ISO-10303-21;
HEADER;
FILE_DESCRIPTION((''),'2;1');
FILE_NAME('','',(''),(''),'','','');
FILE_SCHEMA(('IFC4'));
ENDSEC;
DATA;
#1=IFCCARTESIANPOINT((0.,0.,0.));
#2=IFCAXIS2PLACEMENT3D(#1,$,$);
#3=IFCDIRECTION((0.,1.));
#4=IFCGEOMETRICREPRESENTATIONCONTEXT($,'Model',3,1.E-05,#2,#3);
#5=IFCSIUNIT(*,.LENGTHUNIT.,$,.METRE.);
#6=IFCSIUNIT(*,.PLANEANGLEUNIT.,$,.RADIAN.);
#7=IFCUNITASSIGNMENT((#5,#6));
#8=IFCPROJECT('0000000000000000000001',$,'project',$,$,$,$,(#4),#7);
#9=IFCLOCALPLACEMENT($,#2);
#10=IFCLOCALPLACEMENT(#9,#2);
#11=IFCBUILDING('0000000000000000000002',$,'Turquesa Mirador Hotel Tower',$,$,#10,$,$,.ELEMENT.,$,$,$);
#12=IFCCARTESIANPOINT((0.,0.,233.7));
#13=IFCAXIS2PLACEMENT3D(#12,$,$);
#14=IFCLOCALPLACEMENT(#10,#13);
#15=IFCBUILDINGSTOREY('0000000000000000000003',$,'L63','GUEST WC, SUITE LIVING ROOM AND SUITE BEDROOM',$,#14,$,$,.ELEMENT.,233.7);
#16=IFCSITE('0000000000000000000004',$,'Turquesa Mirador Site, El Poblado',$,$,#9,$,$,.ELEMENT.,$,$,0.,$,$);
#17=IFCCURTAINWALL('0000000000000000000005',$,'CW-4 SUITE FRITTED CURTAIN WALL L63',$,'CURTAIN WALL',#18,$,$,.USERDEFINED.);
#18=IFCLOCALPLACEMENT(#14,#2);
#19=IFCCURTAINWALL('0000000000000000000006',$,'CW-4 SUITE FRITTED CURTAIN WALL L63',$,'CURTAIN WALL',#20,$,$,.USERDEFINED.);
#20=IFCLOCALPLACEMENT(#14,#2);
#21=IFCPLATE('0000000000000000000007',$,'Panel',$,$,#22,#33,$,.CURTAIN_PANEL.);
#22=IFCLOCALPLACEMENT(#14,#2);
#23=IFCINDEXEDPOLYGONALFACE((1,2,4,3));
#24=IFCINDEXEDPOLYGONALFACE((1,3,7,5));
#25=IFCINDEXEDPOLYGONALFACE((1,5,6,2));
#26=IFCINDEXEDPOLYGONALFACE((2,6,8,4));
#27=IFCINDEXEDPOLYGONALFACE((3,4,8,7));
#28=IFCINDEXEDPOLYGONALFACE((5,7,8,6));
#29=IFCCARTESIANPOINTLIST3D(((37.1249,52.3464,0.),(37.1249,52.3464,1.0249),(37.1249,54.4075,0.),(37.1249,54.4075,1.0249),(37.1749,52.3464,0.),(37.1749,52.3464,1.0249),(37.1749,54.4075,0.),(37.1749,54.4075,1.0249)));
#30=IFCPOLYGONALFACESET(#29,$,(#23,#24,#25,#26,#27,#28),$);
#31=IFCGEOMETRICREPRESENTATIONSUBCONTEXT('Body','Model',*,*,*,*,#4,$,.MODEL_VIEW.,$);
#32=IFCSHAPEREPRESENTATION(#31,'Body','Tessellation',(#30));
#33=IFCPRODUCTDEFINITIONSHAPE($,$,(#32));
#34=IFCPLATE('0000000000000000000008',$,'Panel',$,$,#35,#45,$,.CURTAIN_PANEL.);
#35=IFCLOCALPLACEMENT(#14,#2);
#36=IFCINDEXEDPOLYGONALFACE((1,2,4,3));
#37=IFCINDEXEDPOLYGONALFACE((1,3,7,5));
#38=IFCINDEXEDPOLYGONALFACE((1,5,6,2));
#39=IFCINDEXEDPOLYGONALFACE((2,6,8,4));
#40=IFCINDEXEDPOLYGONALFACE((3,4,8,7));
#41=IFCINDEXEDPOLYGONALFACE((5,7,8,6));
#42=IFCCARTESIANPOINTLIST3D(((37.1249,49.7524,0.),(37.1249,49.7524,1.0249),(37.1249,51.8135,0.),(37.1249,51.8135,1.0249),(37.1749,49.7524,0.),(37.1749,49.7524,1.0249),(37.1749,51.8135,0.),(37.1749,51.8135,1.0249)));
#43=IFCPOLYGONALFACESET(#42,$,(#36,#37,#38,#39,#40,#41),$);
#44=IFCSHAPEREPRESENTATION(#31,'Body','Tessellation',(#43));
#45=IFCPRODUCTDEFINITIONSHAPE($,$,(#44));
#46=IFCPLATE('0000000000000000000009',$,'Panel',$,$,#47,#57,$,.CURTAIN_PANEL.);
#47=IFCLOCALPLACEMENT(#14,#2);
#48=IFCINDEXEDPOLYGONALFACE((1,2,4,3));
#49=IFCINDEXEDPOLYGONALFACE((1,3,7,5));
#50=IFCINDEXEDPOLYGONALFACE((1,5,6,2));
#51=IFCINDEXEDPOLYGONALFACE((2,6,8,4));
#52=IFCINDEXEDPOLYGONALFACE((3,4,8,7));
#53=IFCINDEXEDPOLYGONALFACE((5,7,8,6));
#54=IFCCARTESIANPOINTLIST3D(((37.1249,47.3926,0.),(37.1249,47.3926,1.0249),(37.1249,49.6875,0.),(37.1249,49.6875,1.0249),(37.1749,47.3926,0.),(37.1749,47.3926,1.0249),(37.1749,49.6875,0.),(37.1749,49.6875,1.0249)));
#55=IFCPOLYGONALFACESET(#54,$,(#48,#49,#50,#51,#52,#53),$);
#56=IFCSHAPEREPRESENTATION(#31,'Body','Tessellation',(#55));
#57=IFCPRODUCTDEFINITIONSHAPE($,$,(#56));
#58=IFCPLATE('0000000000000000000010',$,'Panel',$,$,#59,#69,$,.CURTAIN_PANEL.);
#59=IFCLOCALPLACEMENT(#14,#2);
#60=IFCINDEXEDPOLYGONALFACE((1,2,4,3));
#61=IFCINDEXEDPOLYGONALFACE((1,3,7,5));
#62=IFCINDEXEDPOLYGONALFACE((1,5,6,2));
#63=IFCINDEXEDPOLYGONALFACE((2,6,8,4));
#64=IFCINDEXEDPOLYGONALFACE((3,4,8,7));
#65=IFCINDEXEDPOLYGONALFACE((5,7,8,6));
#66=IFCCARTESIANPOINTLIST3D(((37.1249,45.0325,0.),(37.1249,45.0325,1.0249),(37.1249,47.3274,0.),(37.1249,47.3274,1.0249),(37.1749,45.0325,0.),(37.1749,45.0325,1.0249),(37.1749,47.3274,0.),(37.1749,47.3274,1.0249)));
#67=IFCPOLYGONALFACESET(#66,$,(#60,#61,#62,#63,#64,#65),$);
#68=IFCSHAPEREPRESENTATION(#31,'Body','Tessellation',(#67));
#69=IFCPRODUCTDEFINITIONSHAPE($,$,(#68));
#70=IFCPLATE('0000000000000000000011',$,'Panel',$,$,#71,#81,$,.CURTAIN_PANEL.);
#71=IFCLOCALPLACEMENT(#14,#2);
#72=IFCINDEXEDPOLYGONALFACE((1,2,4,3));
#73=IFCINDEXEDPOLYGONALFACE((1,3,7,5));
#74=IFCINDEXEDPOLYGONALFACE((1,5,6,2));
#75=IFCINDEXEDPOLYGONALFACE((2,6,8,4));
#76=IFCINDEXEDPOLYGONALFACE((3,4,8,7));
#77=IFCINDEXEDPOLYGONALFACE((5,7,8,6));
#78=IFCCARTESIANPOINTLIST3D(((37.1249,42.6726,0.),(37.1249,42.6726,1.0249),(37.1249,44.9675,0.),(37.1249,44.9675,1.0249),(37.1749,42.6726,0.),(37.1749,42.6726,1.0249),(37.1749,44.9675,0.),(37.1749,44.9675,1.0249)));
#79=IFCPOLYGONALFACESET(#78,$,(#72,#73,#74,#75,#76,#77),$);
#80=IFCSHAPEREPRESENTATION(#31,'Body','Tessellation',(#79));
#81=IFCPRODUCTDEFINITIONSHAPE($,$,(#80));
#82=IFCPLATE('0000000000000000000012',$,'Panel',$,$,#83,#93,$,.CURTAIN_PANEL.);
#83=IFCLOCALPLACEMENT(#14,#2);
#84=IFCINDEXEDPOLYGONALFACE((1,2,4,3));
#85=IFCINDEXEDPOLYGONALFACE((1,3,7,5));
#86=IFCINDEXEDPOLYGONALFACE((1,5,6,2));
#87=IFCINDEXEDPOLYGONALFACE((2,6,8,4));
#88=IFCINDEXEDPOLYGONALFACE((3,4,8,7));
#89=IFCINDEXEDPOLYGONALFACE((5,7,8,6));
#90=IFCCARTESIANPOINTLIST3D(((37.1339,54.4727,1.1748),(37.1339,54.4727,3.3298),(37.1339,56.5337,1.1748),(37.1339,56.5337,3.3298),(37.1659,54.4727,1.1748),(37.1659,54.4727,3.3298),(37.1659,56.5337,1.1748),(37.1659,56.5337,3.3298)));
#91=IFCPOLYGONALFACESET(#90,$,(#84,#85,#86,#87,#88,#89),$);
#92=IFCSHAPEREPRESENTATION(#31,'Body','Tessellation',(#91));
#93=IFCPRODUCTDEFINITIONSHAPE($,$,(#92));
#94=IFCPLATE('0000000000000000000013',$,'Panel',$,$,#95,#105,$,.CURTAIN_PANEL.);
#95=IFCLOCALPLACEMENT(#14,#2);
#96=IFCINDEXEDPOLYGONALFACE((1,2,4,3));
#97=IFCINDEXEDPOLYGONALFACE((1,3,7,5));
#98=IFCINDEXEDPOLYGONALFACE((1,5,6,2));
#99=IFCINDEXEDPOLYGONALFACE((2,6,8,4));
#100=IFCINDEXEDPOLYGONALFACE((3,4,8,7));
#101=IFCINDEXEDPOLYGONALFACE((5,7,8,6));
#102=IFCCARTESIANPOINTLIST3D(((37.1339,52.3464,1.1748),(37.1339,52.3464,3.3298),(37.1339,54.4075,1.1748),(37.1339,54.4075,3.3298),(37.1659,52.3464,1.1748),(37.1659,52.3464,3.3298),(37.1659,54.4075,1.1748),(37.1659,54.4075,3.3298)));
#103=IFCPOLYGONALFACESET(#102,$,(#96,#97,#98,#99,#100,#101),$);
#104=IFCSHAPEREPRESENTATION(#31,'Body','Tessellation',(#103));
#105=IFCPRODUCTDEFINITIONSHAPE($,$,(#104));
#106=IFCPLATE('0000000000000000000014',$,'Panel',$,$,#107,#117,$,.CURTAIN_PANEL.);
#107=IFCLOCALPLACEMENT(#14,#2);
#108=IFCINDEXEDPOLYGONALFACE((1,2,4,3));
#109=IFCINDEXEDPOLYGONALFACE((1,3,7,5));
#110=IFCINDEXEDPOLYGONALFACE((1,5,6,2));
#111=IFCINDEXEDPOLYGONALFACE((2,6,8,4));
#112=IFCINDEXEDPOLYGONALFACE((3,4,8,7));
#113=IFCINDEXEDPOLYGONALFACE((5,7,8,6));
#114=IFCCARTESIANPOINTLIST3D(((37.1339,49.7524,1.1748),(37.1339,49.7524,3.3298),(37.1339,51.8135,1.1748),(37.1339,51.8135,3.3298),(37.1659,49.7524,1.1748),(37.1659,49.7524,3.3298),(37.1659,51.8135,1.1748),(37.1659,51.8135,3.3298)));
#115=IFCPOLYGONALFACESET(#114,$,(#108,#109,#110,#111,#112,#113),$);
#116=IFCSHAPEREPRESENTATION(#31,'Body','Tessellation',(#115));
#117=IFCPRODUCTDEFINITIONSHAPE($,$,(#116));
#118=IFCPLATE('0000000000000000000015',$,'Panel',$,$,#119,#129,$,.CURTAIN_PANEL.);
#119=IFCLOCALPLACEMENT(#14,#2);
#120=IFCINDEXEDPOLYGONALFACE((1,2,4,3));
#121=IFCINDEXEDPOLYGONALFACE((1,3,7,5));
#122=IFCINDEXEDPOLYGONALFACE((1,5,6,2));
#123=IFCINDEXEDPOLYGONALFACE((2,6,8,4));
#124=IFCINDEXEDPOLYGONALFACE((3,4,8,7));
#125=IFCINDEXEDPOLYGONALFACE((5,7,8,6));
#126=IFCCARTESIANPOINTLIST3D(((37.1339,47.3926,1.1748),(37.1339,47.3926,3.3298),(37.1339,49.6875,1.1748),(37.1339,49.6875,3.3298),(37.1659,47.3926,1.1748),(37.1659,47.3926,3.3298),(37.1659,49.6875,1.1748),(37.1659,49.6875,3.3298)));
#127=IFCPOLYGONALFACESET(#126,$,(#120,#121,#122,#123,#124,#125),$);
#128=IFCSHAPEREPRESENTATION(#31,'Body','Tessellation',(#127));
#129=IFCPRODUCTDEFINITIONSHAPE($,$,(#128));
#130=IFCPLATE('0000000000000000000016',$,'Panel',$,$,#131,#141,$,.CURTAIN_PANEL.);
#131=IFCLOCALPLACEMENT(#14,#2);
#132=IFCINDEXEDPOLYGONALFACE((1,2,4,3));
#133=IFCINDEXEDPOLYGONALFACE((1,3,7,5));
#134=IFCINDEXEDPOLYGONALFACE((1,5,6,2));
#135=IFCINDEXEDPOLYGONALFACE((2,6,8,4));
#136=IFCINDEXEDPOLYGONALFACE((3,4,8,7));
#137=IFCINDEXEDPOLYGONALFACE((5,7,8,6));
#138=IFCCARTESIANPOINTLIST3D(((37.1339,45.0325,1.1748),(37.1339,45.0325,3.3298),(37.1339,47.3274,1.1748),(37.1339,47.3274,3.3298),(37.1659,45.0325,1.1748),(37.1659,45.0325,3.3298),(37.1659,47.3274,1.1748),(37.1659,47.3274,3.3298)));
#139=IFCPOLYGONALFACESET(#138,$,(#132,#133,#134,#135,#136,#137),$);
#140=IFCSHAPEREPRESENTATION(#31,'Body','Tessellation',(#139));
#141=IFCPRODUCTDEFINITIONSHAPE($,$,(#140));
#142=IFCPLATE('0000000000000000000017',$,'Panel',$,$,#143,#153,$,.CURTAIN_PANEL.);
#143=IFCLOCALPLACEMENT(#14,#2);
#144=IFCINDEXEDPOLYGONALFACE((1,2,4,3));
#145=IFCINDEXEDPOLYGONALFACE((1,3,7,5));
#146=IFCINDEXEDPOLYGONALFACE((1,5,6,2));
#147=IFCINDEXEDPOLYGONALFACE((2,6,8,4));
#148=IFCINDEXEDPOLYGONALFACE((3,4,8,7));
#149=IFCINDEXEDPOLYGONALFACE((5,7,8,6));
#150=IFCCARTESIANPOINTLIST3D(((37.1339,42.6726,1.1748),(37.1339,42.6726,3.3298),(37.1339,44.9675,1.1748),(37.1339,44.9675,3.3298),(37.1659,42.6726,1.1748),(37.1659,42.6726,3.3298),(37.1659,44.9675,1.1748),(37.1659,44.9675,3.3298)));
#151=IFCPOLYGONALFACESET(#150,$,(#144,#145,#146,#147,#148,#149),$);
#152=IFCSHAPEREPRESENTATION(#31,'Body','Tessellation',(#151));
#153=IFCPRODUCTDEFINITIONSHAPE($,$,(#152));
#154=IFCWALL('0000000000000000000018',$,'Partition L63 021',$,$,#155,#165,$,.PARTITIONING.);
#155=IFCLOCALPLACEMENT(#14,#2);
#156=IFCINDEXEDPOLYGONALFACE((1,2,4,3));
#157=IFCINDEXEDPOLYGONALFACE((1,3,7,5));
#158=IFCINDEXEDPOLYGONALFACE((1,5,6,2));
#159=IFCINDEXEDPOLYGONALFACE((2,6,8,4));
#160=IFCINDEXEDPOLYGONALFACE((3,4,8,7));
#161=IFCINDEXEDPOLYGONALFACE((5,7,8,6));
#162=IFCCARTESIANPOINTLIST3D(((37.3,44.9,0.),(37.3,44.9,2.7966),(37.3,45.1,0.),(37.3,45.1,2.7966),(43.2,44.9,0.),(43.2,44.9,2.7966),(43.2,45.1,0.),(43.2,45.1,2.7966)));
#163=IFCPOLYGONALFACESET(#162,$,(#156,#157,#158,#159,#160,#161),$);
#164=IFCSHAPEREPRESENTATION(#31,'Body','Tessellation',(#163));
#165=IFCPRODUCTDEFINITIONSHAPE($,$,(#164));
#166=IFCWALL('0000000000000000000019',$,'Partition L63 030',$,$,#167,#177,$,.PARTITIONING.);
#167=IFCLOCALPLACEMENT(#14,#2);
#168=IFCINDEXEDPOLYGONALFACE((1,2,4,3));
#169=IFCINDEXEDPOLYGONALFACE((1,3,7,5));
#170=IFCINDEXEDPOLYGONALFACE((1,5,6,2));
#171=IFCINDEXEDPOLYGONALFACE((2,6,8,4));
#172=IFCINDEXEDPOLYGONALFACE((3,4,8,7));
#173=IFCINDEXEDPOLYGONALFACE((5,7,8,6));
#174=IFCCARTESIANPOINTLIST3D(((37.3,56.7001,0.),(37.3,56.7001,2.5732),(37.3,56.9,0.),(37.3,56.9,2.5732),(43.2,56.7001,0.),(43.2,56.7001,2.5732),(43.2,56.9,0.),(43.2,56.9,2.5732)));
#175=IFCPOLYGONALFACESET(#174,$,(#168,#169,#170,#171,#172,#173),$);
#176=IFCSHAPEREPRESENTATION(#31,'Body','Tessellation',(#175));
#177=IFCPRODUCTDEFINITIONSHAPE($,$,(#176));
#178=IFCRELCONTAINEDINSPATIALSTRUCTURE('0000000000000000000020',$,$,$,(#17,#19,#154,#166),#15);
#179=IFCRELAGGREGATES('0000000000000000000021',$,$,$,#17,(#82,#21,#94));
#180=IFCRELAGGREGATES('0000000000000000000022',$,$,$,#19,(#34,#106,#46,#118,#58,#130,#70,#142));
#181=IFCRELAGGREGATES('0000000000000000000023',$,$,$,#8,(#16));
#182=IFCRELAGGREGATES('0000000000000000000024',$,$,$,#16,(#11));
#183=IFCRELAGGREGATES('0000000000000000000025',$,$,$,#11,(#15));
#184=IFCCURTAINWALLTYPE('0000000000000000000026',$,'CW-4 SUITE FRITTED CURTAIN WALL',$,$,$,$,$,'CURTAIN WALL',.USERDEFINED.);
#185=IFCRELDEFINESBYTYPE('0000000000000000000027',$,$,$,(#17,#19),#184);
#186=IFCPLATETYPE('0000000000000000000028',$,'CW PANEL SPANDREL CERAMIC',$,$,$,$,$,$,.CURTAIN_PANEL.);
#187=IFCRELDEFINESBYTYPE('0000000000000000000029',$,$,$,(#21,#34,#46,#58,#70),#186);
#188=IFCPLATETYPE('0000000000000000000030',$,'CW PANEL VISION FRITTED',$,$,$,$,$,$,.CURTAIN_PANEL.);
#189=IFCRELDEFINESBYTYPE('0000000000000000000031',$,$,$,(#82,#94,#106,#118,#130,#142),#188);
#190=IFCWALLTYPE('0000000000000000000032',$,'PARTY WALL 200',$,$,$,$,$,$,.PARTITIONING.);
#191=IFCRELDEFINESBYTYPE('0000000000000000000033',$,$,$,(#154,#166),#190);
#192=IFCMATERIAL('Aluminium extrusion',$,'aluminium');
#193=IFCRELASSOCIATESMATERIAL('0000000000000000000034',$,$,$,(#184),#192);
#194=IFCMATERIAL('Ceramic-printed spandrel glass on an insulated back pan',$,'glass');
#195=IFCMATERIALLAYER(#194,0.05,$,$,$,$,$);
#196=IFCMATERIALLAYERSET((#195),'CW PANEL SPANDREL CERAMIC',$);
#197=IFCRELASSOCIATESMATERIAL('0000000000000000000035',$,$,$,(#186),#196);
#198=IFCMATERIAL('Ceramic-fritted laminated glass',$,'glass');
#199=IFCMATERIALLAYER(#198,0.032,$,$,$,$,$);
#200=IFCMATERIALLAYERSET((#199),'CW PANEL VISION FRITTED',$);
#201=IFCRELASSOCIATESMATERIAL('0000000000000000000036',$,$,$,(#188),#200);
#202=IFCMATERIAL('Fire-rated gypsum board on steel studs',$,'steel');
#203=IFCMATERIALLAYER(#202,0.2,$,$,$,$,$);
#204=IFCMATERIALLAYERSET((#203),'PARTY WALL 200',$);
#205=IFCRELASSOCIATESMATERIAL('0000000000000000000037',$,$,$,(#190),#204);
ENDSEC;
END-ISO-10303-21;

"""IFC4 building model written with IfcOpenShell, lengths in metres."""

from ifc_helpers import new_model, si_unit, direction, frame, frame_2d, origin, origin_2d, place, context, subcontext, project, spatial, rectangle, extrude, material, layer, layer_set, type_object, element, aggregate, save


model = new_model("IFC4")

# Units and contexts
model_context = context("Model", 3, precision=1e-05, world=origin(), true_north=direction((0.0, 1.0)))
body_context = subcontext(model_context, "Body", "Model", "MODEL_VIEW")
ifc_project = project(units=[si_unit("LENGTHUNIT", "METRE"), si_unit("PLANEANGLEUNIT", "RADIAN")], contexts=[model_context])

# Site, building, storey
site_placement = place(None, origin())
site = spatial("IfcSite", under=ifc_project, at=site_placement, Name="Turquesa Mirador Site, El Poblado", CompositionType="ELEMENT", RefElevation=0.0)
building_placement = place(site_placement, origin())
building = spatial("IfcBuilding", under=site, at=building_placement, Name="Turquesa Mirador Hotel Tower", CompositionType="ELEMENT")
storey_placement = place(building_placement, frame((0.0, 0.0, 233.7)))
storey = spatial("IfcBuildingStorey", under=building, at=storey_placement, Name="L63", Description="GUEST WC, SUITE LIVING ROOM AND SUITE BEDROOM", CompositionType="ELEMENT", Elevation=233.7)

# Curtain walls
ifc_material_1 = material(Name="Aluminium extrusion", Category="aluminium")
curtain_wall_type = type_object("IfcCurtainWallType", Name="CW-4 SUITE FRITTED CURTAIN WALL", ElementType="CURTAIN WALL", PredefinedType="USERDEFINED", material=ifc_material_1)
curtain_wall_1_placement = place(storey_placement, origin())
curtain_wall_1 = element("IfcCurtainWall", 1, at=curtain_wall_1_placement, inside=storey, type_object=curtain_wall_type, Name="CW-4 SUITE FRITTED CURTAIN WALL L63", ObjectType="CURTAIN WALL", PredefinedType="USERDEFINED")
curtain_wall_2_placement = place(storey_placement, origin())
curtain_wall_2 = element("IfcCurtainWall", 2, at=curtain_wall_2_placement, inside=storey, type_object=curtain_wall_type, Name="CW-4 SUITE FRITTED CURTAIN WALL L63", ObjectType="CURTAIN WALL", PredefinedType="USERDEFINED")

# Plates
ifc_material_2 = material(Name="Ceramic-printed spandrel glass on an insulated back pan", Category="glass")
ifc_layer_1 = layer(ifc_material_2, 0.05)
ifc_layer_set_1 = layer_set([ifc_layer_1], Name="CW PANEL SPANDREL CERAMIC")
plate_type_1 = type_object("IfcPlateType", Name="CW PANEL SPANDREL CERAMIC", PredefinedType="CURTAIN_PANEL", material=ifc_layer_set_1)
plate_1_placement = place(storey_placement, frame((37.1499, 53.377, 0.0), z_axis=(0.0, 0.0, 1.0), x_axis=(0.0, -1.0, 0.0)))
plate_1 = element("IfcPlate", 3, at=plate_1_placement, type_object=plate_type_1, Name="Panel", PredefinedType="CURTAIN_PANEL", context=body_context, shape_type="SweptSolid", body=[
    extrude(rectangle(XDim=2.061, YDim=0.05, at=origin_2d()), origin(), (0.0, 0.0, 1.0), 1.0249),
])
plate_2_placement = place(storey_placement, frame((37.1499, 50.783, 0.0), z_axis=(0.0, 0.0, 1.0), x_axis=(0.0, -1.0, 0.0)))
plate_2 = element("IfcPlate", 4, at=plate_2_placement, type_object=plate_type_1, Name="Panel", PredefinedType="CURTAIN_PANEL", context=body_context, shape_type="SweptSolid", body=[
    extrude(rectangle(XDim=2.061, YDim=0.05, at=origin_2d()), origin(), (0.0, 0.0, 1.0), 1.0249),
])
plate_3_placement = place(storey_placement, frame((37.1499, 48.54, 0.0), z_axis=(0.0, 0.0, 1.0), x_axis=(0.0, -1.0, 0.0)))
plate_3 = element("IfcPlate", 5, at=plate_3_placement, type_object=plate_type_1, Name="Panel", PredefinedType="CURTAIN_PANEL", context=body_context, shape_type="SweptSolid", body=[
    extrude(rectangle(XDim=2.2949, YDim=0.05, at=origin_2d()), origin(), (0.0, 0.0, 1.0), 1.0249),
])
plate_4_placement = place(storey_placement, frame((37.1499, 46.1799, 0.0), z_axis=(0.0, 0.0, 1.0), x_axis=(0.0, -1.0, 0.0)))
plate_4 = element("IfcPlate", 6, at=plate_4_placement, type_object=plate_type_1, Name="Panel", PredefinedType="CURTAIN_PANEL", context=body_context, shape_type="SweptSolid", body=[
    extrude(rectangle(XDim=2.2949, YDim=0.05, at=origin_2d()), origin(), (0.0, 0.0, 1.0), 1.0249),
])
plate_5_placement = place(storey_placement, frame((37.1499, 43.8201, 0.0), z_axis=(0.0, 0.0, 1.0), x_axis=(0.0, -1.0, 0.0)))
plate_5 = element("IfcPlate", 7, at=plate_5_placement, type_object=plate_type_1, Name="Panel", PredefinedType="CURTAIN_PANEL", context=body_context, shape_type="SweptSolid", body=[
    extrude(rectangle(XDim=2.2949, YDim=0.05, at=origin_2d()), origin(), (0.0, 0.0, 1.0), 1.0249),
])
ifc_material_3 = material(Name="Ceramic-fritted laminated glass", Category="glass")
ifc_layer_2 = layer(ifc_material_3, 0.032)
ifc_layer_set_2 = layer_set([ifc_layer_2], Name="CW PANEL VISION FRITTED")
plate_type_2 = type_object("IfcPlateType", Name="CW PANEL VISION FRITTED", PredefinedType="CURTAIN_PANEL", material=ifc_layer_set_2)
plate_6_placement = place(storey_placement, frame((37.1499, 55.5032, 1.1748), z_axis=(0.0, 0.0, 1.0), x_axis=(0.0, -1.0, 0.0)))
plate_6 = element("IfcPlate", 8, at=plate_6_placement, type_object=plate_type_2, Name="Panel", PredefinedType="CURTAIN_PANEL", context=body_context, shape_type="SweptSolid", body=[
    extrude(rectangle(XDim=2.061, YDim=0.032, at=origin_2d()), origin(), (0.0, 0.0, 1.0), 2.155),
])
plate_7_placement = place(storey_placement, frame((37.1499, 53.377, 1.1748), z_axis=(0.0, 0.0, 1.0), x_axis=(0.0, -1.0, 0.0)))
plate_7 = element("IfcPlate", 9, at=plate_7_placement, type_object=plate_type_2, Name="Panel", PredefinedType="CURTAIN_PANEL", context=body_context, shape_type="SweptSolid", body=[
    extrude(rectangle(XDim=2.061, YDim=0.032, at=origin_2d()), origin(), (0.0, 0.0, 1.0), 2.155),
])
aggregate(curtain_wall_1, [plate_6, plate_1, plate_7])
plate_8_placement = place(storey_placement, frame((37.1499, 50.783, 1.1748), z_axis=(0.0, 0.0, 1.0), x_axis=(0.0, -1.0, 0.0)))
plate_8 = element("IfcPlate", 10, at=plate_8_placement, type_object=plate_type_2, Name="Panel", PredefinedType="CURTAIN_PANEL", context=body_context, shape_type="SweptSolid", body=[
    extrude(rectangle(XDim=2.061, YDim=0.032, at=origin_2d()), origin(), (0.0, 0.0, 1.0), 2.155),
])
plate_9_placement = place(storey_placement, frame((37.1499, 48.54, 1.1748), z_axis=(0.0, 0.0, 1.0), x_axis=(0.0, -1.0, 0.0)))
plate_9 = element("IfcPlate", 11, at=plate_9_placement, type_object=plate_type_2, Name="Panel", PredefinedType="CURTAIN_PANEL", context=body_context, shape_type="SweptSolid", body=[
    extrude(rectangle(XDim=2.2949, YDim=0.032, at=origin_2d()), origin(), (0.0, 0.0, 1.0), 2.155),
])
plate_10_placement = place(storey_placement, frame((37.1499, 46.1799, 1.1748), z_axis=(0.0, 0.0, 1.0), x_axis=(0.0, -1.0, 0.0)))
plate_10 = element("IfcPlate", 12, at=plate_10_placement, type_object=plate_type_2, Name="Panel", PredefinedType="CURTAIN_PANEL", context=body_context, shape_type="SweptSolid", body=[
    extrude(rectangle(XDim=2.2949, YDim=0.032, at=origin_2d()), origin(), (0.0, 0.0, 1.0), 2.155),
])
plate_11_placement = place(storey_placement, frame((37.1499, 43.8201, 1.1748), z_axis=(0.0, 0.0, 1.0), x_axis=(0.0, -1.0, 0.0)))
plate_11 = element("IfcPlate", 13, at=plate_11_placement, type_object=plate_type_2, Name="Panel", PredefinedType="CURTAIN_PANEL", context=body_context, shape_type="SweptSolid", body=[
    extrude(rectangle(XDim=2.2949, YDim=0.032, at=origin_2d()), origin(), (0.0, 0.0, 1.0), 2.155),
])
aggregate(curtain_wall_2, [plate_2, plate_8, plate_3, plate_9, plate_4, plate_10, plate_5, plate_11])

# Walls
ifc_material_4 = material(Name="Fire-rated gypsum board on steel studs", Category="steel")
ifc_layer_3 = layer(ifc_material_4, 0.2)
ifc_layer_set_3 = layer_set([ifc_layer_3], Name="PARTY WALL 200")
wall_type_1 = type_object("IfcWallType", Name="PARTY WALL 200", PredefinedType="PARTITIONING", material=ifc_layer_set_3)
wall_1_placement = place(storey_placement, frame((37.3, 45.0, 0.0), z_axis=(0.0, 0.0, 1.0), x_axis=(1.0, 0.0, 0.0)))
element("IfcWall", 14, at=wall_1_placement, inside=storey, type_object=wall_type_1, Name="Partition L63 021", PredefinedType="PARTITIONING", context=body_context, shape_type="SweptSolid", body=[
    extrude(rectangle(XDim=5.8999, YDim=0.2, at=frame_2d((2.95, 0.0))), origin(), (0.0, 0.0, 1.0), 2.7966),
])
wall_2_placement = place(storey_placement, frame((37.3, 56.8, 0.0), z_axis=(0.0, 0.0, 1.0), x_axis=(1.0, 0.0, 0.0)))
element("IfcWall", 15, at=wall_2_placement, inside=storey, type_object=wall_type_1, Name="Partition L63 030", PredefinedType="PARTITIONING", context=body_context, shape_type="SweptSolid", body=[
    extrude(rectangle(XDim=5.8999, YDim=0.2, at=frame_2d((2.95, 0.0))), origin(), (0.0, 0.0, 1.0), 2.5732),
])

save(model, "model.ifc")
